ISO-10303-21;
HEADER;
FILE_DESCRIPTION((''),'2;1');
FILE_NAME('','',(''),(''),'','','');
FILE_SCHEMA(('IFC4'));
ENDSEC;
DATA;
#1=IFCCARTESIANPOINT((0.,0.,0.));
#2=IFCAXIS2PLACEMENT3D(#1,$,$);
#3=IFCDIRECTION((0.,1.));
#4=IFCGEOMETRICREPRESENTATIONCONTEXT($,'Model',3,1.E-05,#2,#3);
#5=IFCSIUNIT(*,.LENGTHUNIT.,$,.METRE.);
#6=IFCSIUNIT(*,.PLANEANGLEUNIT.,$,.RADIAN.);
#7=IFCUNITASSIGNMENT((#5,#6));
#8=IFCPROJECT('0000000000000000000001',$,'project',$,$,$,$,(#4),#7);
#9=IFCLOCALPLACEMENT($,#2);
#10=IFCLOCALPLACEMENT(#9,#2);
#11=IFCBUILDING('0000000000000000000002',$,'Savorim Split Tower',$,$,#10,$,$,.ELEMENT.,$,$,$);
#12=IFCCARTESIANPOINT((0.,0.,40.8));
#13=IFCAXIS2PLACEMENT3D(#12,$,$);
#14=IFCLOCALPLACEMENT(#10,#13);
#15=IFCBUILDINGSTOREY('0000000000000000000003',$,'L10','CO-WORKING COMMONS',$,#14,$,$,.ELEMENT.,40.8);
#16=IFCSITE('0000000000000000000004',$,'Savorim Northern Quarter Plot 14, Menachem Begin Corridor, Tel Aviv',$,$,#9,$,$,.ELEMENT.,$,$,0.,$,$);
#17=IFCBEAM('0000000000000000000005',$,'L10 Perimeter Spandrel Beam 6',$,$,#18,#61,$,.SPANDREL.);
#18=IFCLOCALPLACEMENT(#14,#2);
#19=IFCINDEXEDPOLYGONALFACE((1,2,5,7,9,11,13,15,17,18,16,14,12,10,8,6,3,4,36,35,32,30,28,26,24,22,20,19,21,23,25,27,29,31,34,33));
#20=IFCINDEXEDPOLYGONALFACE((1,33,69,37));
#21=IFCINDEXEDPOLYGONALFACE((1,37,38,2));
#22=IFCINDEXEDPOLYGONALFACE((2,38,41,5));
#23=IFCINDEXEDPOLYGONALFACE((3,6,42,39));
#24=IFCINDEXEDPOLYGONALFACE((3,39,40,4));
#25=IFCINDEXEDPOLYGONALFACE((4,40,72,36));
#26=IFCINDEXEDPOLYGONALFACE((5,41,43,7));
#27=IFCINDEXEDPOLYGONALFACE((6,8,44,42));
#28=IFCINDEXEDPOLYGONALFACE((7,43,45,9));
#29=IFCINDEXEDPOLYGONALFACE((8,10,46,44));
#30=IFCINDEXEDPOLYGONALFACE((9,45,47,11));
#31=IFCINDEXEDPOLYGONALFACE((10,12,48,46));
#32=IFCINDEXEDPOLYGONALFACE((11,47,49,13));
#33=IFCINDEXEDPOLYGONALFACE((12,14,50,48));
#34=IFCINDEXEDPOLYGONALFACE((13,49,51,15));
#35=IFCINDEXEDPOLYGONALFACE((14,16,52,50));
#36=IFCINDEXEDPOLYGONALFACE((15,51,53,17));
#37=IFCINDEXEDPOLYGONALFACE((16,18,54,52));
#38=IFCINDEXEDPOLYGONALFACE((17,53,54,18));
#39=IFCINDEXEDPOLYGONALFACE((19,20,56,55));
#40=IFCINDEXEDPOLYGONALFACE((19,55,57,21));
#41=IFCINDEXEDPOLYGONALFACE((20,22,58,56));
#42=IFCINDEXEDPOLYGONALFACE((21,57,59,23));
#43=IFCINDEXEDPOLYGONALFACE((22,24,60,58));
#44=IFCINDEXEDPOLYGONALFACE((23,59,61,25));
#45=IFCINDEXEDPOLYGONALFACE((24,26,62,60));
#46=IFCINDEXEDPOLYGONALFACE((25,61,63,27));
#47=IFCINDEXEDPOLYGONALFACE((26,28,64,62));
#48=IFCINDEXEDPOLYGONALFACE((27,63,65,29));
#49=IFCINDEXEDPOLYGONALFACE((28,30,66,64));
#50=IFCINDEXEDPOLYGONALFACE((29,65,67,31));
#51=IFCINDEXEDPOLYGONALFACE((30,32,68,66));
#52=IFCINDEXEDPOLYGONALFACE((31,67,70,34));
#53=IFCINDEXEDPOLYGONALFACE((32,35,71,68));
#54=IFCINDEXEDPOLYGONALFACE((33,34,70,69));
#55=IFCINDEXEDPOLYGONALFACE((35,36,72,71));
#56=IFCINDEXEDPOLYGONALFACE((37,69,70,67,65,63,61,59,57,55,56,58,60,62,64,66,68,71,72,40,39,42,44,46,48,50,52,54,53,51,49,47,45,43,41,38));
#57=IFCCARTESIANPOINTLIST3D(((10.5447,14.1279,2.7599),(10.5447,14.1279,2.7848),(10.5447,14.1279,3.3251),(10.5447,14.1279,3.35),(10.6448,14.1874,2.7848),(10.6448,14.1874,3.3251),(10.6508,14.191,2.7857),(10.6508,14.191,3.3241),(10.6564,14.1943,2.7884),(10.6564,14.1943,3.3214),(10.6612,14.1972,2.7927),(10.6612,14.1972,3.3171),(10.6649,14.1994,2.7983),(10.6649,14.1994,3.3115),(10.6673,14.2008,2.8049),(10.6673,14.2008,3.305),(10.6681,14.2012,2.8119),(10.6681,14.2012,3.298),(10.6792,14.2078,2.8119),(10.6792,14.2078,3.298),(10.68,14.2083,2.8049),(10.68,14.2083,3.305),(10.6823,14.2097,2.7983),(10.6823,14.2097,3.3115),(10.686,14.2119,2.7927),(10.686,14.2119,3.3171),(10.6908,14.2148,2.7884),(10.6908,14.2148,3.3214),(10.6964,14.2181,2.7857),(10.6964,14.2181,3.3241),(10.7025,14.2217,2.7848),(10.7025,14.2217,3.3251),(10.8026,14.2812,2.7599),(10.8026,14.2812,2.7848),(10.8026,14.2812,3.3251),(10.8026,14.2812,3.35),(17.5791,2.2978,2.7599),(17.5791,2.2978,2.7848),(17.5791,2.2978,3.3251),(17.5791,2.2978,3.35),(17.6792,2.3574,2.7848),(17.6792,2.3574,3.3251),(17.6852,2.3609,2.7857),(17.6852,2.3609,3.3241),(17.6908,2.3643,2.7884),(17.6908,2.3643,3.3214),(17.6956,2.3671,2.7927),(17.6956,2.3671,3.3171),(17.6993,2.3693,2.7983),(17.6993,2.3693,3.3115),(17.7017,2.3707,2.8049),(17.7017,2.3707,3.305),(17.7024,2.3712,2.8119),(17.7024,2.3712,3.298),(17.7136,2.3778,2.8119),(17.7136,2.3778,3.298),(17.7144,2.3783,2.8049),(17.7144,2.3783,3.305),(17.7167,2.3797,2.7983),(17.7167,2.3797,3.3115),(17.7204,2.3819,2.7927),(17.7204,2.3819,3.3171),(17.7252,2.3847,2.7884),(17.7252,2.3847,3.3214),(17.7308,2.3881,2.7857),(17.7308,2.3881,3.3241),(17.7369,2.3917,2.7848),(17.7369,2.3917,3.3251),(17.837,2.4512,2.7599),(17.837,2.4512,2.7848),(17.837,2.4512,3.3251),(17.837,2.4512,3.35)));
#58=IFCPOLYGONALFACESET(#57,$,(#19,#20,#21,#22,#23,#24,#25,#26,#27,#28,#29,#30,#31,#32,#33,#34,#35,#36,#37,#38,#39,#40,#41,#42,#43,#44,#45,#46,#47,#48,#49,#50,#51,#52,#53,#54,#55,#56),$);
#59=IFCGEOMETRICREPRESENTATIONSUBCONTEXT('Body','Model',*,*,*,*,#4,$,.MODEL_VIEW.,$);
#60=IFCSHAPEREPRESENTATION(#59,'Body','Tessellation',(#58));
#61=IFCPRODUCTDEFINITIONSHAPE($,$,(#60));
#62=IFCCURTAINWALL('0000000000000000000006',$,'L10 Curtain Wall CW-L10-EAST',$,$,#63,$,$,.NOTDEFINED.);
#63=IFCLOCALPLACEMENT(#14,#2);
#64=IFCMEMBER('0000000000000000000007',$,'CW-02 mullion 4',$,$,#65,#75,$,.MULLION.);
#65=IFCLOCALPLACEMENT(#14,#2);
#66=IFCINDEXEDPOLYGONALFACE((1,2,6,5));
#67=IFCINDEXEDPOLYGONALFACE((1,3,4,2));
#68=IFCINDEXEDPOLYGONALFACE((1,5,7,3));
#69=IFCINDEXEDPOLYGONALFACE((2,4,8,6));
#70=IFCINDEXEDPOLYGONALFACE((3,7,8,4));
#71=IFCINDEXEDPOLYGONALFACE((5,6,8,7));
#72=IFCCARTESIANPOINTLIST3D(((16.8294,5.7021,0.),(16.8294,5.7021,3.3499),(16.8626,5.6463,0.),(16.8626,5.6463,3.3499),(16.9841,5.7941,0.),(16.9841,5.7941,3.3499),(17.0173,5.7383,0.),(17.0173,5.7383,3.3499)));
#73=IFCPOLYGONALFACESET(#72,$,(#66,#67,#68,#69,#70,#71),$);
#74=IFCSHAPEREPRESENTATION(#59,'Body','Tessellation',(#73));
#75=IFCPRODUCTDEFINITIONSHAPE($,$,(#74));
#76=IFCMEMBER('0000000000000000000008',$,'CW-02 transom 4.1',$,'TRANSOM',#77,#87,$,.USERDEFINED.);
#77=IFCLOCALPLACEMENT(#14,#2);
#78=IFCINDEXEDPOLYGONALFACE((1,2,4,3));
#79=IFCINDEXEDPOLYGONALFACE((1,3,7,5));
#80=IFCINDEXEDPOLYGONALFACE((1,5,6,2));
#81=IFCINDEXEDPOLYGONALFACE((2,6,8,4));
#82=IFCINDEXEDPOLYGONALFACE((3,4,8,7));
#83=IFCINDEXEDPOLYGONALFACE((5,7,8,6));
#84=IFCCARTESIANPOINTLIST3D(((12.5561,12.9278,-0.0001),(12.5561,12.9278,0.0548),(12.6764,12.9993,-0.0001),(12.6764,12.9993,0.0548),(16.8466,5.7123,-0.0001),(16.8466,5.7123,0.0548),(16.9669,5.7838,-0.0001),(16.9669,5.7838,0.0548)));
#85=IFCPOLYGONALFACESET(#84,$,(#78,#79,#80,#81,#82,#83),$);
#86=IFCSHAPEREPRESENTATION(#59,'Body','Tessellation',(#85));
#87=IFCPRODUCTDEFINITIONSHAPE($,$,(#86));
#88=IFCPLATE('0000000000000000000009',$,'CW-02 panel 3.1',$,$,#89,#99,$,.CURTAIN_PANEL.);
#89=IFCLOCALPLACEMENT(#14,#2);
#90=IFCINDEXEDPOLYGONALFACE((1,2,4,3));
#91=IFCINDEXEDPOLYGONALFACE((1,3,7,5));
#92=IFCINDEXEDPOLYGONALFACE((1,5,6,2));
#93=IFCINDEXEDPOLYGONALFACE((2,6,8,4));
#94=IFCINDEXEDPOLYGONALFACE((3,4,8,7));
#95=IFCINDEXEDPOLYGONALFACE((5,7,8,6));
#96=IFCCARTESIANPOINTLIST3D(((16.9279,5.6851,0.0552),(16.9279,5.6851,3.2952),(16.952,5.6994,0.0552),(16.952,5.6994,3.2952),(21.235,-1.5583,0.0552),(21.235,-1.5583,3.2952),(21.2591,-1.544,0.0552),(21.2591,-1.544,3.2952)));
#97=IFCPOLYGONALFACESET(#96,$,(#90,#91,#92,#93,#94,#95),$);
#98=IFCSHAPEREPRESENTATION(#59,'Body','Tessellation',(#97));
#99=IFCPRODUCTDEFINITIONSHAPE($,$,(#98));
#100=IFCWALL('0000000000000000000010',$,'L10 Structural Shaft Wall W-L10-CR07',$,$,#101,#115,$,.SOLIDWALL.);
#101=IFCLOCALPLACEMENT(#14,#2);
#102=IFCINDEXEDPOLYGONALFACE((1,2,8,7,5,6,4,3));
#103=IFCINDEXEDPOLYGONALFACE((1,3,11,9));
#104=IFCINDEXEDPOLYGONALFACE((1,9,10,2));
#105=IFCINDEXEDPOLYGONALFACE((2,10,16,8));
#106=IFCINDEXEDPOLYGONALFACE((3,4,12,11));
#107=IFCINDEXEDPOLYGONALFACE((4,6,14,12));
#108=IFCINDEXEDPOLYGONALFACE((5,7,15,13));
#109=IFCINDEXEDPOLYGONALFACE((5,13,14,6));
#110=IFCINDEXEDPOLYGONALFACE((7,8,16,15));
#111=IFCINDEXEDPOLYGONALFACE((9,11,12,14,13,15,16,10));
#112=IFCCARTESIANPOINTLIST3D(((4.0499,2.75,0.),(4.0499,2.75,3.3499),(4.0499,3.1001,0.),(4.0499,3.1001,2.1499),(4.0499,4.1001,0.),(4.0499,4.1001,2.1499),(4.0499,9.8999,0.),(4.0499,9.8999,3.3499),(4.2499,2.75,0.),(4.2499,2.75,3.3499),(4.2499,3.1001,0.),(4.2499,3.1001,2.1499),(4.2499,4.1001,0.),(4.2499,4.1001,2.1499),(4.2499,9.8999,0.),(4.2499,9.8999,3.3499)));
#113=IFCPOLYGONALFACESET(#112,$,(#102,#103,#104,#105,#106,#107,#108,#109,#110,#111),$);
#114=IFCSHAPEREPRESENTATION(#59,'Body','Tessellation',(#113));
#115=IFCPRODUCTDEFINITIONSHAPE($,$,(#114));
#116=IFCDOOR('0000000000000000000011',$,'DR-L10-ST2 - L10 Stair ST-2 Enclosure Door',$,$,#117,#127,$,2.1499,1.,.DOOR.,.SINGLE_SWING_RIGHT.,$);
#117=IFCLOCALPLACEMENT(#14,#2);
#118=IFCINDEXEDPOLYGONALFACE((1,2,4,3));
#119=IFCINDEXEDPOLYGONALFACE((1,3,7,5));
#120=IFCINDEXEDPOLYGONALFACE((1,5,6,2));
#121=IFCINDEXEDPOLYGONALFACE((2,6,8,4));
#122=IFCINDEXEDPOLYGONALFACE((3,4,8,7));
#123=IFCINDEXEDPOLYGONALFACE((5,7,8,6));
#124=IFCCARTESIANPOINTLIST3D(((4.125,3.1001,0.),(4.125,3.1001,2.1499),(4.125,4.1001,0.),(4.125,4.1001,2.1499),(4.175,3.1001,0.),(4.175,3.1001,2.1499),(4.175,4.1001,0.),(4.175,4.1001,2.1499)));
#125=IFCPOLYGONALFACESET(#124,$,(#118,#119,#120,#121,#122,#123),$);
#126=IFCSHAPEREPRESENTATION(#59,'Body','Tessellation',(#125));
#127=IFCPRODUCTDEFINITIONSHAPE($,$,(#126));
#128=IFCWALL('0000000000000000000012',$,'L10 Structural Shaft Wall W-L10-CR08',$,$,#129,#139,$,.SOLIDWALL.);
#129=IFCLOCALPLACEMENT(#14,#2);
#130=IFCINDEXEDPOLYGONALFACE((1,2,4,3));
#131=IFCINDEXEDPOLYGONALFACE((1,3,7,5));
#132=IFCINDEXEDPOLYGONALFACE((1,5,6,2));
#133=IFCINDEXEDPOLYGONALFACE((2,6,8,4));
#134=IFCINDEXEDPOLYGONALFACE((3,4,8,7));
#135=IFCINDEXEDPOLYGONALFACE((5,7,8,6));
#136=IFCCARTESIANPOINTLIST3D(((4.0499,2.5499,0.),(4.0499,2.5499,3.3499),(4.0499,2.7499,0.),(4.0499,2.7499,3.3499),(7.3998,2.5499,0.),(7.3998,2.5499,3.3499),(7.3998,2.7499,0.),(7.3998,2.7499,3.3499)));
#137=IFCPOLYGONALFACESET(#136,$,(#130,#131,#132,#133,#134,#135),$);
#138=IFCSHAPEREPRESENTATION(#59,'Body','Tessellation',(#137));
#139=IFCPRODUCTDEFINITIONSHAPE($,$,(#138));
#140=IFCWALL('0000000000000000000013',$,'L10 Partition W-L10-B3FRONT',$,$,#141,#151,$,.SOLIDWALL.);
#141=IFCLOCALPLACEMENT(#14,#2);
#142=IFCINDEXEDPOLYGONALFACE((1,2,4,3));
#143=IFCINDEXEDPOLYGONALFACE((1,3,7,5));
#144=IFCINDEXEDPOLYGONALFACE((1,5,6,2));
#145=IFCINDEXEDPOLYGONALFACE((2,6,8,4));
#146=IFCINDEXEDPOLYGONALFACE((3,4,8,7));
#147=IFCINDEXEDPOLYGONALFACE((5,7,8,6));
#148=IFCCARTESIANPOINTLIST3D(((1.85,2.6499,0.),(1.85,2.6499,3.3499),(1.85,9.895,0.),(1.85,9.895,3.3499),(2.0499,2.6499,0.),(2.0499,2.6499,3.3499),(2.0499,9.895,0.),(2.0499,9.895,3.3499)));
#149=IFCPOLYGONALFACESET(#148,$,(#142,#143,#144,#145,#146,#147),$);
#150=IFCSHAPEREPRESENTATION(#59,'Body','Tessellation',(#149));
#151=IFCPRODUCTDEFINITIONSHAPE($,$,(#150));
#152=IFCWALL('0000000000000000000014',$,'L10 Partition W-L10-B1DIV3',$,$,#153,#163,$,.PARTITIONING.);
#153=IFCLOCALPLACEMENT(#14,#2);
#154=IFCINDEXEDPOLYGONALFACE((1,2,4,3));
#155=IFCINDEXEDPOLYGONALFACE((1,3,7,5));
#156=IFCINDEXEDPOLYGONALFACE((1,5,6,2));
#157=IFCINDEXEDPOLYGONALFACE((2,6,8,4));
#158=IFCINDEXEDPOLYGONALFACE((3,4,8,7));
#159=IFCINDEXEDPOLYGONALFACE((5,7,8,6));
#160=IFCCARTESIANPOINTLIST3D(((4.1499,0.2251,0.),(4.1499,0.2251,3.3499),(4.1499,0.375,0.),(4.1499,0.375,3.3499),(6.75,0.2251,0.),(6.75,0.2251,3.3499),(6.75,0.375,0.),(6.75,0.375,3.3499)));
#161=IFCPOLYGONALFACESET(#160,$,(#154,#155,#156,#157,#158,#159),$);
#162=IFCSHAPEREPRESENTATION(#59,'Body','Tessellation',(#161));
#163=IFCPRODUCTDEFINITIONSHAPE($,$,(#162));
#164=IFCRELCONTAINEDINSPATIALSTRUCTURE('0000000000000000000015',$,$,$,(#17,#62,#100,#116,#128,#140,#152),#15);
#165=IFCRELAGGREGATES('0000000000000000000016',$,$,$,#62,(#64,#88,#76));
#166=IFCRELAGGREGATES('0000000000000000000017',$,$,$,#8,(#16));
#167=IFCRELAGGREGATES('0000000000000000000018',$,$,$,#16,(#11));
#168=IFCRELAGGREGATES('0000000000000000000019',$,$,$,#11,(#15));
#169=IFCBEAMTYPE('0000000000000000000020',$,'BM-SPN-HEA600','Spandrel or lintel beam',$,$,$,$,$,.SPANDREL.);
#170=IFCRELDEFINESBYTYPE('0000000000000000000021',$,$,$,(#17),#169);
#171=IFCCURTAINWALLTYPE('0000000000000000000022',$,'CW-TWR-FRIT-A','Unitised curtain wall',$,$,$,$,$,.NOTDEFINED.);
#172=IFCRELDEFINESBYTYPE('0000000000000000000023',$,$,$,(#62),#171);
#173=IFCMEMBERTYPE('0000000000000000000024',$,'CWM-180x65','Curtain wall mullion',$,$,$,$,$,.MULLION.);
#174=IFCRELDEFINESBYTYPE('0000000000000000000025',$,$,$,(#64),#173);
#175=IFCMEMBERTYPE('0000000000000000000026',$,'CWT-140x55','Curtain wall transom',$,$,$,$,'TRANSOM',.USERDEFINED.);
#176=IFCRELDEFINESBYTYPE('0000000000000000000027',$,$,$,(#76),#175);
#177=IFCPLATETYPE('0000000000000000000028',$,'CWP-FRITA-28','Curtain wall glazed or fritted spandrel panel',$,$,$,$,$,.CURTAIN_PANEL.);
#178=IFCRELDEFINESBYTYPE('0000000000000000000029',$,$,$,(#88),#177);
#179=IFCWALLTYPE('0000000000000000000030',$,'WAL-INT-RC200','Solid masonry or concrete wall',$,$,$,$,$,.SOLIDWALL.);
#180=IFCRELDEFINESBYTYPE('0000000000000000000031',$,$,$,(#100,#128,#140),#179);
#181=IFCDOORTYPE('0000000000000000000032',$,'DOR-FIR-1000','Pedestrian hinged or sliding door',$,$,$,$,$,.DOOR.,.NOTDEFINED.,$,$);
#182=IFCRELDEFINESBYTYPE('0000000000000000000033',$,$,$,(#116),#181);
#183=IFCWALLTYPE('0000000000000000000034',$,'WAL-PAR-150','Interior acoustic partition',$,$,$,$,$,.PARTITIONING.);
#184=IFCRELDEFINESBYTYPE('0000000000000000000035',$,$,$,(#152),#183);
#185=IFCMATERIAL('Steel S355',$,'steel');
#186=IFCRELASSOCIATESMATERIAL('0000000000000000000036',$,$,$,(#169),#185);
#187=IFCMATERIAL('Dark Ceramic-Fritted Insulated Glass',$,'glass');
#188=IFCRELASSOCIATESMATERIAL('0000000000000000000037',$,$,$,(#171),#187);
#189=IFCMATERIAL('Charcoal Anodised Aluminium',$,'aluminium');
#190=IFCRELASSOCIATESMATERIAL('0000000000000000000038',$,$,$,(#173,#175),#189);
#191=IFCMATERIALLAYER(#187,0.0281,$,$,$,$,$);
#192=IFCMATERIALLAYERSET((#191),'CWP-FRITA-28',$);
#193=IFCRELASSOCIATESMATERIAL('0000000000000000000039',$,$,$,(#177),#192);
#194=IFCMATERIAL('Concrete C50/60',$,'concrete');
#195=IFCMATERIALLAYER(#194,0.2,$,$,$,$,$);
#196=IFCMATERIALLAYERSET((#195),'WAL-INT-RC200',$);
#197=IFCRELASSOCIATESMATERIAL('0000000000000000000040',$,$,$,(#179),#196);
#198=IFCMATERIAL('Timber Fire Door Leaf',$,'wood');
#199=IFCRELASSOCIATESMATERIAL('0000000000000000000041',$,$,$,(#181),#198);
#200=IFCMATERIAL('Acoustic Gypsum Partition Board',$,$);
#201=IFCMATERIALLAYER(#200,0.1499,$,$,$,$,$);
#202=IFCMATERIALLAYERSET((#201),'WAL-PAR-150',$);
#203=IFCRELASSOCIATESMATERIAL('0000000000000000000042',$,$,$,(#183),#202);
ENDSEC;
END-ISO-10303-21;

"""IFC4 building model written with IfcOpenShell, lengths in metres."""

from ifc_helpers import new_model, si_unit, direction, frame, frame_2d, origin, origin_2d, place, context, subcontext, project, spatial, rectangle, i_section, extrude, material, layer, layer_set, material_profile, profile_set, type_object, element, fill, aggregate, save


model = new_model("IFC4")

# Units and contexts
model_context = context("Model", 3, precision=1e-05, world=origin(), true_north=direction((0.0, 1.0)))
body_context = subcontext(model_context, "Body", "Model", "MODEL_VIEW")
ifc_project = project(units=[si_unit("LENGTHUNIT", "METRE"), si_unit("PLANEANGLEUNIT", "RADIAN")], contexts=[model_context])

# Site, building, storey
site_placement = place(None, origin())
site = spatial("IfcSite", under=ifc_project, at=site_placement, Name="Savorim Northern Quarter Plot 14, Menachem Begin Corridor, Tel Aviv", CompositionType="ELEMENT", RefElevation=0.0)
building_placement = place(site_placement, origin())
building = spatial("IfcBuilding", under=site, at=building_placement, Name="Savorim Split Tower", CompositionType="ELEMENT")
storey_placement = place(building_placement, frame((0.0, 0.0, 40.8)))
storey = spatial("IfcBuildingStorey", under=building, at=storey_placement, Name="L10", Description="CO-WORKING COMMONS", CompositionType="ELEMENT", Elevation=40.8)

# Beam
ifc_material_1 = material(Name="Steel S355", Category="steel")
ifc_material_profile_1 = material_profile(ifc_material_1, i_section(OverallWidth=0.3, OverallDepth=0.5901, WebThickness=0.0129, FlangeThickness=0.0249, FilletRadius=0.0271, at=origin_2d()), Name="HEA 600")
ifc_profile_set_1 = profile_set([ifc_material_profile_1], Name="Steel S355")
beam_type_1 = type_object("IfcBeamType", Name="BM-SPN-HEA600", Description="Spandrel or lintel beam", PredefinedType="SPANDREL", material=ifc_profile_set_1)
beam_1_placement = place(storey_placement, frame((17.708, 2.3745, 3.0549), z_axis=(-0.511093, 0.859526, 0.0), x_axis=(-0.859526, -0.511093, 0.0)))
element("IfcBeam", 1, at=beam_1_placement, inside=storey, type_object=beam_type_1, Name="L10 Perimeter Spandrel Beam 6", PredefinedType="SPANDREL", context=body_context, shape_type="SweptSolid", body=[
    extrude(i_section(OverallWidth=0.3, OverallDepth=0.5901, WebThickness=0.0129, FlangeThickness=0.0249, FilletRadius=0.0271, at=origin_2d()), origin(), (0.0, 0.0, 1.0), 13.7634),
])

# Curtain wall, members, plate
ifc_material_2 = material(Name="Dark Ceramic-Fritted Insulated Glass", Category="glass")
curtain_wall_type = type_object("IfcCurtainWallType", Name="CW-TWR-FRIT-A", Description="Unitised curtain wall", PredefinedType="NOTDEFINED", material=ifc_material_2)
curtain_wall_placement = place(storey_placement, origin())
curtain_wall = element("IfcCurtainWall", 2, at=curtain_wall_placement, inside=storey, type_object=curtain_wall_type, Name="L10 Curtain Wall CW-L10-EAST", PredefinedType="NOTDEFINED")
ifc_material_3 = material(Name="Charcoal Anodised Aluminium", Category="aluminium")
ifc_material_profile_2 = material_profile(ifc_material_3, rectangle(XDim=0.1799, YDim=0.0649, at=origin_2d()), Name="ALU-M 180x65")
ifc_profile_set_2 = profile_set([ifc_material_profile_2], Name="Charcoal Anodised Aluminium")
member_type_1 = type_object("IfcMemberType", Name="CWM-180x65", Description="Curtain wall mullion", PredefinedType="MULLION", material=ifc_profile_set_2)
member_1_placement = place(storey_placement, frame((16.9233, 5.7202, 0.0), z_axis=(0.0, 0.0, 1.0), x_axis=(-0.859526, -0.511092, 0.0)))
member_1 = element("IfcMember", 3, at=member_1_placement, type_object=member_type_1, Name="CW-02 mullion 4", PredefinedType="MULLION", context=body_context, shape_type="SweptSolid", body=[
    extrude(rectangle(XDim=0.1799, YDim=0.0649, at=origin_2d()), origin(), (0.0, 0.0, 1.0), 3.3499),
])
ifc_material_profile_3 = material_profile(ifc_material_3, rectangle(XDim=0.1399, YDim=0.0549, at=origin_2d()), Name="ALU-T 140x55")
ifc_profile_set_3 = profile_set([ifc_material_profile_3], Name="Charcoal Anodised Aluminium")
member_type_2 = type_object("IfcMemberType", Name="CWT-140x55", Description="Curtain wall transom", ElementType="TRANSOM", PredefinedType="USERDEFINED", material=ifc_profile_set_3)
member_2_placement = place(storey_placement, frame((16.9067, 5.748, 0.0273), z_axis=(-0.511092, 0.859526, 0.0), x_axis=(-0.859526, -0.511092, 0.0)))
member_2 = element("IfcMember", 4, at=member_2_placement, type_object=member_type_2, Name="CW-02 transom 4.1", ObjectType="TRANSOM", PredefinedType="USERDEFINED", context=body_context, shape_type="SweptSolid", body=[
    extrude(rectangle(XDim=0.1399, YDim=0.0549, at=origin_2d()), origin(), (0.0, 0.0, 1.0), 8.3948),
])
ifc_layer_1 = layer(ifc_material_2, 0.0281)
ifc_layer_set_1 = layer_set([ifc_layer_1], Name="CWP-FRITA-28")
plate_type = type_object("IfcPlateType", Name="CWP-FRITA-28", Description="Curtain wall glazed or fritted spandrel panel", PredefinedType="CURTAIN_PANEL", material=ifc_layer_set_1)
plate_placement = place(storey_placement, frame((19.0935, 2.0706, 0.0552), z_axis=(0.0, 0.0, 1.0), x_axis=(-0.511092, 0.859526, 0.0)))
plate = element("IfcPlate", 5, at=plate_placement, type_object=plate_type, Name="CW-02 panel 3.1", PredefinedType="CURTAIN_PANEL", context=body_context, shape_type="SweptSolid", body=[
    extrude(rectangle(XDim=8.4272, YDim=0.0281, at=origin_2d()), origin(), (0.0, 0.0, 1.0), 3.24),
])
aggregate(curtain_wall, [member_1, plate, member_2])

# Wall, opening, door
ifc_material_4 = material(Name="Concrete C50/60", Category="concrete")
ifc_layer_2 = layer(ifc_material_4, 0.2)
ifc_layer_set_2 = layer_set([ifc_layer_2], Name="WAL-INT-RC200")
wall_type_1 = type_object("IfcWallType", Name="WAL-INT-RC200", Description="Solid masonry or concrete wall", PredefinedType="SOLIDWALL", material=ifc_layer_set_2)
wall_1_placement = place(storey_placement, frame((4.1499, 2.75, 0.0), z_axis=(0.0, 0.0, 1.0), x_axis=(0.0, 1.0, 0.0)))
wall_1 = element("IfcWall", 6, at=wall_1_placement, inside=storey, type_object=wall_type_1, Name="L10 Structural Shaft Wall W-L10-CR07", PredefinedType="SOLIDWALL", context=body_context, shape_type="SweptSolid", body=[
    extrude(rectangle(XDim=7.1499, YDim=0.2, at=frame_2d((3.575, 0.0))), origin(), (0.0, 0.0, 1.0), 3.3499),
])
opening_placement = place(wall_1_placement, frame((0.3501, 0.0, 0.0)))
opening = element("IfcOpeningElement", 7, at=opening_placement, cuts=wall_1, PredefinedType="OPENING", context=body_context, shape_type="SweptSolid", body=[
    extrude(rectangle(XDim=1.0, YDim=2.1499, at=frame_2d((0.5, 1.075))), frame((0.0, 0.1099, 0.0), z_axis=(0.0, -1.0, 0.0), x_axis=(1.0, 0.0, 0.0)), (0.0, 0.0, 1.0), 0.22),
])
ifc_material_5 = material(Name="Timber Fire Door Leaf", Category="wood")
door_type = type_object("IfcDoorType", Name="DOR-FIR-1000", Description="Pedestrian hinged or sliding door", OperationType="NOTDEFINED", PredefinedType="DOOR", material=ifc_material_5)
door_placement = place(opening_placement, origin())
door = element("IfcDoor", 8, at=door_placement, inside=storey, type_object=door_type, Name="DR-L10-ST2 - L10 Stair ST-2 Enclosure Door", OperationType="SINGLE_SWING_RIGHT", OverallHeight=2.1499, OverallWidth=1.0, PredefinedType="DOOR", context=body_context, shape_type="SweptSolid", body=[
    extrude(rectangle(XDim=1.0, YDim=2.1499, at=frame_2d((0.5, 1.075))), frame((0.0, 0.0249, 0.0), z_axis=(0.0, -1.0, 0.0), x_axis=(1.0, 0.0, 0.0)), (0.0, 0.0, 1.0), 0.05),
])
fill(opening, door)

# Walls
wall_2_placement = place(storey_placement, frame((4.05, 2.6499, 0.0), z_axis=(0.0, 0.0, 1.0), x_axis=(1.0, 0.0, 0.0)))
element("IfcWall", 9, at=wall_2_placement, inside=storey, type_object=wall_type_1, Name="L10 Structural Shaft Wall W-L10-CR08", PredefinedType="SOLIDWALL", context=body_context, shape_type="SweptSolid", body=[
    extrude(rectangle(XDim=3.3499, YDim=0.2, at=frame_2d((1.6748, 0.0))), origin(), (0.0, 0.0, 1.0), 3.3499),
])
wall_3_placement = place(storey_placement, frame((1.95, 2.6499, 0.0), z_axis=(0.0, 0.0, 1.0), x_axis=(0.0, 1.0, 0.0)))
element("IfcWall", 10, at=wall_3_placement, inside=storey, type_object=wall_type_1, Name="L10 Partition W-L10-B3FRONT", PredefinedType="SOLIDWALL", context=body_context, shape_type="SweptSolid", body=[
    extrude(rectangle(XDim=7.2451, YDim=0.2, at=frame_2d((3.6226, 0.0))), origin(), (0.0, 0.0, 1.0), 3.3499),
])
ifc_material_6 = material(Name="Acoustic Gypsum Partition Board")
ifc_layer_3 = layer(ifc_material_6, 0.1499)
ifc_layer_set_3 = layer_set([ifc_layer_3], Name="WAL-PAR-150")
wall_type_2 = type_object("IfcWallType", Name="WAL-PAR-150", Description="Interior acoustic partition", PredefinedType="PARTITIONING", material=ifc_layer_set_3)
wall_4_placement = place(storey_placement, frame((4.1499, 0.3, 0.0), z_axis=(0.0, 0.0, 1.0), x_axis=(1.0, 0.0, 0.0)))
element("IfcWall", 11, at=wall_4_placement, inside=storey, type_object=wall_type_2, Name="L10 Partition W-L10-B1DIV3", PredefinedType="PARTITIONING", context=body_context, shape_type="SweptSolid", body=[
    extrude(rectangle(XDim=2.6001, YDim=0.1499, at=frame_2d((1.3, 0.0))), origin(), (0.0, 0.0, 1.0), 3.3499),
])

save(model, "model.ifc")
